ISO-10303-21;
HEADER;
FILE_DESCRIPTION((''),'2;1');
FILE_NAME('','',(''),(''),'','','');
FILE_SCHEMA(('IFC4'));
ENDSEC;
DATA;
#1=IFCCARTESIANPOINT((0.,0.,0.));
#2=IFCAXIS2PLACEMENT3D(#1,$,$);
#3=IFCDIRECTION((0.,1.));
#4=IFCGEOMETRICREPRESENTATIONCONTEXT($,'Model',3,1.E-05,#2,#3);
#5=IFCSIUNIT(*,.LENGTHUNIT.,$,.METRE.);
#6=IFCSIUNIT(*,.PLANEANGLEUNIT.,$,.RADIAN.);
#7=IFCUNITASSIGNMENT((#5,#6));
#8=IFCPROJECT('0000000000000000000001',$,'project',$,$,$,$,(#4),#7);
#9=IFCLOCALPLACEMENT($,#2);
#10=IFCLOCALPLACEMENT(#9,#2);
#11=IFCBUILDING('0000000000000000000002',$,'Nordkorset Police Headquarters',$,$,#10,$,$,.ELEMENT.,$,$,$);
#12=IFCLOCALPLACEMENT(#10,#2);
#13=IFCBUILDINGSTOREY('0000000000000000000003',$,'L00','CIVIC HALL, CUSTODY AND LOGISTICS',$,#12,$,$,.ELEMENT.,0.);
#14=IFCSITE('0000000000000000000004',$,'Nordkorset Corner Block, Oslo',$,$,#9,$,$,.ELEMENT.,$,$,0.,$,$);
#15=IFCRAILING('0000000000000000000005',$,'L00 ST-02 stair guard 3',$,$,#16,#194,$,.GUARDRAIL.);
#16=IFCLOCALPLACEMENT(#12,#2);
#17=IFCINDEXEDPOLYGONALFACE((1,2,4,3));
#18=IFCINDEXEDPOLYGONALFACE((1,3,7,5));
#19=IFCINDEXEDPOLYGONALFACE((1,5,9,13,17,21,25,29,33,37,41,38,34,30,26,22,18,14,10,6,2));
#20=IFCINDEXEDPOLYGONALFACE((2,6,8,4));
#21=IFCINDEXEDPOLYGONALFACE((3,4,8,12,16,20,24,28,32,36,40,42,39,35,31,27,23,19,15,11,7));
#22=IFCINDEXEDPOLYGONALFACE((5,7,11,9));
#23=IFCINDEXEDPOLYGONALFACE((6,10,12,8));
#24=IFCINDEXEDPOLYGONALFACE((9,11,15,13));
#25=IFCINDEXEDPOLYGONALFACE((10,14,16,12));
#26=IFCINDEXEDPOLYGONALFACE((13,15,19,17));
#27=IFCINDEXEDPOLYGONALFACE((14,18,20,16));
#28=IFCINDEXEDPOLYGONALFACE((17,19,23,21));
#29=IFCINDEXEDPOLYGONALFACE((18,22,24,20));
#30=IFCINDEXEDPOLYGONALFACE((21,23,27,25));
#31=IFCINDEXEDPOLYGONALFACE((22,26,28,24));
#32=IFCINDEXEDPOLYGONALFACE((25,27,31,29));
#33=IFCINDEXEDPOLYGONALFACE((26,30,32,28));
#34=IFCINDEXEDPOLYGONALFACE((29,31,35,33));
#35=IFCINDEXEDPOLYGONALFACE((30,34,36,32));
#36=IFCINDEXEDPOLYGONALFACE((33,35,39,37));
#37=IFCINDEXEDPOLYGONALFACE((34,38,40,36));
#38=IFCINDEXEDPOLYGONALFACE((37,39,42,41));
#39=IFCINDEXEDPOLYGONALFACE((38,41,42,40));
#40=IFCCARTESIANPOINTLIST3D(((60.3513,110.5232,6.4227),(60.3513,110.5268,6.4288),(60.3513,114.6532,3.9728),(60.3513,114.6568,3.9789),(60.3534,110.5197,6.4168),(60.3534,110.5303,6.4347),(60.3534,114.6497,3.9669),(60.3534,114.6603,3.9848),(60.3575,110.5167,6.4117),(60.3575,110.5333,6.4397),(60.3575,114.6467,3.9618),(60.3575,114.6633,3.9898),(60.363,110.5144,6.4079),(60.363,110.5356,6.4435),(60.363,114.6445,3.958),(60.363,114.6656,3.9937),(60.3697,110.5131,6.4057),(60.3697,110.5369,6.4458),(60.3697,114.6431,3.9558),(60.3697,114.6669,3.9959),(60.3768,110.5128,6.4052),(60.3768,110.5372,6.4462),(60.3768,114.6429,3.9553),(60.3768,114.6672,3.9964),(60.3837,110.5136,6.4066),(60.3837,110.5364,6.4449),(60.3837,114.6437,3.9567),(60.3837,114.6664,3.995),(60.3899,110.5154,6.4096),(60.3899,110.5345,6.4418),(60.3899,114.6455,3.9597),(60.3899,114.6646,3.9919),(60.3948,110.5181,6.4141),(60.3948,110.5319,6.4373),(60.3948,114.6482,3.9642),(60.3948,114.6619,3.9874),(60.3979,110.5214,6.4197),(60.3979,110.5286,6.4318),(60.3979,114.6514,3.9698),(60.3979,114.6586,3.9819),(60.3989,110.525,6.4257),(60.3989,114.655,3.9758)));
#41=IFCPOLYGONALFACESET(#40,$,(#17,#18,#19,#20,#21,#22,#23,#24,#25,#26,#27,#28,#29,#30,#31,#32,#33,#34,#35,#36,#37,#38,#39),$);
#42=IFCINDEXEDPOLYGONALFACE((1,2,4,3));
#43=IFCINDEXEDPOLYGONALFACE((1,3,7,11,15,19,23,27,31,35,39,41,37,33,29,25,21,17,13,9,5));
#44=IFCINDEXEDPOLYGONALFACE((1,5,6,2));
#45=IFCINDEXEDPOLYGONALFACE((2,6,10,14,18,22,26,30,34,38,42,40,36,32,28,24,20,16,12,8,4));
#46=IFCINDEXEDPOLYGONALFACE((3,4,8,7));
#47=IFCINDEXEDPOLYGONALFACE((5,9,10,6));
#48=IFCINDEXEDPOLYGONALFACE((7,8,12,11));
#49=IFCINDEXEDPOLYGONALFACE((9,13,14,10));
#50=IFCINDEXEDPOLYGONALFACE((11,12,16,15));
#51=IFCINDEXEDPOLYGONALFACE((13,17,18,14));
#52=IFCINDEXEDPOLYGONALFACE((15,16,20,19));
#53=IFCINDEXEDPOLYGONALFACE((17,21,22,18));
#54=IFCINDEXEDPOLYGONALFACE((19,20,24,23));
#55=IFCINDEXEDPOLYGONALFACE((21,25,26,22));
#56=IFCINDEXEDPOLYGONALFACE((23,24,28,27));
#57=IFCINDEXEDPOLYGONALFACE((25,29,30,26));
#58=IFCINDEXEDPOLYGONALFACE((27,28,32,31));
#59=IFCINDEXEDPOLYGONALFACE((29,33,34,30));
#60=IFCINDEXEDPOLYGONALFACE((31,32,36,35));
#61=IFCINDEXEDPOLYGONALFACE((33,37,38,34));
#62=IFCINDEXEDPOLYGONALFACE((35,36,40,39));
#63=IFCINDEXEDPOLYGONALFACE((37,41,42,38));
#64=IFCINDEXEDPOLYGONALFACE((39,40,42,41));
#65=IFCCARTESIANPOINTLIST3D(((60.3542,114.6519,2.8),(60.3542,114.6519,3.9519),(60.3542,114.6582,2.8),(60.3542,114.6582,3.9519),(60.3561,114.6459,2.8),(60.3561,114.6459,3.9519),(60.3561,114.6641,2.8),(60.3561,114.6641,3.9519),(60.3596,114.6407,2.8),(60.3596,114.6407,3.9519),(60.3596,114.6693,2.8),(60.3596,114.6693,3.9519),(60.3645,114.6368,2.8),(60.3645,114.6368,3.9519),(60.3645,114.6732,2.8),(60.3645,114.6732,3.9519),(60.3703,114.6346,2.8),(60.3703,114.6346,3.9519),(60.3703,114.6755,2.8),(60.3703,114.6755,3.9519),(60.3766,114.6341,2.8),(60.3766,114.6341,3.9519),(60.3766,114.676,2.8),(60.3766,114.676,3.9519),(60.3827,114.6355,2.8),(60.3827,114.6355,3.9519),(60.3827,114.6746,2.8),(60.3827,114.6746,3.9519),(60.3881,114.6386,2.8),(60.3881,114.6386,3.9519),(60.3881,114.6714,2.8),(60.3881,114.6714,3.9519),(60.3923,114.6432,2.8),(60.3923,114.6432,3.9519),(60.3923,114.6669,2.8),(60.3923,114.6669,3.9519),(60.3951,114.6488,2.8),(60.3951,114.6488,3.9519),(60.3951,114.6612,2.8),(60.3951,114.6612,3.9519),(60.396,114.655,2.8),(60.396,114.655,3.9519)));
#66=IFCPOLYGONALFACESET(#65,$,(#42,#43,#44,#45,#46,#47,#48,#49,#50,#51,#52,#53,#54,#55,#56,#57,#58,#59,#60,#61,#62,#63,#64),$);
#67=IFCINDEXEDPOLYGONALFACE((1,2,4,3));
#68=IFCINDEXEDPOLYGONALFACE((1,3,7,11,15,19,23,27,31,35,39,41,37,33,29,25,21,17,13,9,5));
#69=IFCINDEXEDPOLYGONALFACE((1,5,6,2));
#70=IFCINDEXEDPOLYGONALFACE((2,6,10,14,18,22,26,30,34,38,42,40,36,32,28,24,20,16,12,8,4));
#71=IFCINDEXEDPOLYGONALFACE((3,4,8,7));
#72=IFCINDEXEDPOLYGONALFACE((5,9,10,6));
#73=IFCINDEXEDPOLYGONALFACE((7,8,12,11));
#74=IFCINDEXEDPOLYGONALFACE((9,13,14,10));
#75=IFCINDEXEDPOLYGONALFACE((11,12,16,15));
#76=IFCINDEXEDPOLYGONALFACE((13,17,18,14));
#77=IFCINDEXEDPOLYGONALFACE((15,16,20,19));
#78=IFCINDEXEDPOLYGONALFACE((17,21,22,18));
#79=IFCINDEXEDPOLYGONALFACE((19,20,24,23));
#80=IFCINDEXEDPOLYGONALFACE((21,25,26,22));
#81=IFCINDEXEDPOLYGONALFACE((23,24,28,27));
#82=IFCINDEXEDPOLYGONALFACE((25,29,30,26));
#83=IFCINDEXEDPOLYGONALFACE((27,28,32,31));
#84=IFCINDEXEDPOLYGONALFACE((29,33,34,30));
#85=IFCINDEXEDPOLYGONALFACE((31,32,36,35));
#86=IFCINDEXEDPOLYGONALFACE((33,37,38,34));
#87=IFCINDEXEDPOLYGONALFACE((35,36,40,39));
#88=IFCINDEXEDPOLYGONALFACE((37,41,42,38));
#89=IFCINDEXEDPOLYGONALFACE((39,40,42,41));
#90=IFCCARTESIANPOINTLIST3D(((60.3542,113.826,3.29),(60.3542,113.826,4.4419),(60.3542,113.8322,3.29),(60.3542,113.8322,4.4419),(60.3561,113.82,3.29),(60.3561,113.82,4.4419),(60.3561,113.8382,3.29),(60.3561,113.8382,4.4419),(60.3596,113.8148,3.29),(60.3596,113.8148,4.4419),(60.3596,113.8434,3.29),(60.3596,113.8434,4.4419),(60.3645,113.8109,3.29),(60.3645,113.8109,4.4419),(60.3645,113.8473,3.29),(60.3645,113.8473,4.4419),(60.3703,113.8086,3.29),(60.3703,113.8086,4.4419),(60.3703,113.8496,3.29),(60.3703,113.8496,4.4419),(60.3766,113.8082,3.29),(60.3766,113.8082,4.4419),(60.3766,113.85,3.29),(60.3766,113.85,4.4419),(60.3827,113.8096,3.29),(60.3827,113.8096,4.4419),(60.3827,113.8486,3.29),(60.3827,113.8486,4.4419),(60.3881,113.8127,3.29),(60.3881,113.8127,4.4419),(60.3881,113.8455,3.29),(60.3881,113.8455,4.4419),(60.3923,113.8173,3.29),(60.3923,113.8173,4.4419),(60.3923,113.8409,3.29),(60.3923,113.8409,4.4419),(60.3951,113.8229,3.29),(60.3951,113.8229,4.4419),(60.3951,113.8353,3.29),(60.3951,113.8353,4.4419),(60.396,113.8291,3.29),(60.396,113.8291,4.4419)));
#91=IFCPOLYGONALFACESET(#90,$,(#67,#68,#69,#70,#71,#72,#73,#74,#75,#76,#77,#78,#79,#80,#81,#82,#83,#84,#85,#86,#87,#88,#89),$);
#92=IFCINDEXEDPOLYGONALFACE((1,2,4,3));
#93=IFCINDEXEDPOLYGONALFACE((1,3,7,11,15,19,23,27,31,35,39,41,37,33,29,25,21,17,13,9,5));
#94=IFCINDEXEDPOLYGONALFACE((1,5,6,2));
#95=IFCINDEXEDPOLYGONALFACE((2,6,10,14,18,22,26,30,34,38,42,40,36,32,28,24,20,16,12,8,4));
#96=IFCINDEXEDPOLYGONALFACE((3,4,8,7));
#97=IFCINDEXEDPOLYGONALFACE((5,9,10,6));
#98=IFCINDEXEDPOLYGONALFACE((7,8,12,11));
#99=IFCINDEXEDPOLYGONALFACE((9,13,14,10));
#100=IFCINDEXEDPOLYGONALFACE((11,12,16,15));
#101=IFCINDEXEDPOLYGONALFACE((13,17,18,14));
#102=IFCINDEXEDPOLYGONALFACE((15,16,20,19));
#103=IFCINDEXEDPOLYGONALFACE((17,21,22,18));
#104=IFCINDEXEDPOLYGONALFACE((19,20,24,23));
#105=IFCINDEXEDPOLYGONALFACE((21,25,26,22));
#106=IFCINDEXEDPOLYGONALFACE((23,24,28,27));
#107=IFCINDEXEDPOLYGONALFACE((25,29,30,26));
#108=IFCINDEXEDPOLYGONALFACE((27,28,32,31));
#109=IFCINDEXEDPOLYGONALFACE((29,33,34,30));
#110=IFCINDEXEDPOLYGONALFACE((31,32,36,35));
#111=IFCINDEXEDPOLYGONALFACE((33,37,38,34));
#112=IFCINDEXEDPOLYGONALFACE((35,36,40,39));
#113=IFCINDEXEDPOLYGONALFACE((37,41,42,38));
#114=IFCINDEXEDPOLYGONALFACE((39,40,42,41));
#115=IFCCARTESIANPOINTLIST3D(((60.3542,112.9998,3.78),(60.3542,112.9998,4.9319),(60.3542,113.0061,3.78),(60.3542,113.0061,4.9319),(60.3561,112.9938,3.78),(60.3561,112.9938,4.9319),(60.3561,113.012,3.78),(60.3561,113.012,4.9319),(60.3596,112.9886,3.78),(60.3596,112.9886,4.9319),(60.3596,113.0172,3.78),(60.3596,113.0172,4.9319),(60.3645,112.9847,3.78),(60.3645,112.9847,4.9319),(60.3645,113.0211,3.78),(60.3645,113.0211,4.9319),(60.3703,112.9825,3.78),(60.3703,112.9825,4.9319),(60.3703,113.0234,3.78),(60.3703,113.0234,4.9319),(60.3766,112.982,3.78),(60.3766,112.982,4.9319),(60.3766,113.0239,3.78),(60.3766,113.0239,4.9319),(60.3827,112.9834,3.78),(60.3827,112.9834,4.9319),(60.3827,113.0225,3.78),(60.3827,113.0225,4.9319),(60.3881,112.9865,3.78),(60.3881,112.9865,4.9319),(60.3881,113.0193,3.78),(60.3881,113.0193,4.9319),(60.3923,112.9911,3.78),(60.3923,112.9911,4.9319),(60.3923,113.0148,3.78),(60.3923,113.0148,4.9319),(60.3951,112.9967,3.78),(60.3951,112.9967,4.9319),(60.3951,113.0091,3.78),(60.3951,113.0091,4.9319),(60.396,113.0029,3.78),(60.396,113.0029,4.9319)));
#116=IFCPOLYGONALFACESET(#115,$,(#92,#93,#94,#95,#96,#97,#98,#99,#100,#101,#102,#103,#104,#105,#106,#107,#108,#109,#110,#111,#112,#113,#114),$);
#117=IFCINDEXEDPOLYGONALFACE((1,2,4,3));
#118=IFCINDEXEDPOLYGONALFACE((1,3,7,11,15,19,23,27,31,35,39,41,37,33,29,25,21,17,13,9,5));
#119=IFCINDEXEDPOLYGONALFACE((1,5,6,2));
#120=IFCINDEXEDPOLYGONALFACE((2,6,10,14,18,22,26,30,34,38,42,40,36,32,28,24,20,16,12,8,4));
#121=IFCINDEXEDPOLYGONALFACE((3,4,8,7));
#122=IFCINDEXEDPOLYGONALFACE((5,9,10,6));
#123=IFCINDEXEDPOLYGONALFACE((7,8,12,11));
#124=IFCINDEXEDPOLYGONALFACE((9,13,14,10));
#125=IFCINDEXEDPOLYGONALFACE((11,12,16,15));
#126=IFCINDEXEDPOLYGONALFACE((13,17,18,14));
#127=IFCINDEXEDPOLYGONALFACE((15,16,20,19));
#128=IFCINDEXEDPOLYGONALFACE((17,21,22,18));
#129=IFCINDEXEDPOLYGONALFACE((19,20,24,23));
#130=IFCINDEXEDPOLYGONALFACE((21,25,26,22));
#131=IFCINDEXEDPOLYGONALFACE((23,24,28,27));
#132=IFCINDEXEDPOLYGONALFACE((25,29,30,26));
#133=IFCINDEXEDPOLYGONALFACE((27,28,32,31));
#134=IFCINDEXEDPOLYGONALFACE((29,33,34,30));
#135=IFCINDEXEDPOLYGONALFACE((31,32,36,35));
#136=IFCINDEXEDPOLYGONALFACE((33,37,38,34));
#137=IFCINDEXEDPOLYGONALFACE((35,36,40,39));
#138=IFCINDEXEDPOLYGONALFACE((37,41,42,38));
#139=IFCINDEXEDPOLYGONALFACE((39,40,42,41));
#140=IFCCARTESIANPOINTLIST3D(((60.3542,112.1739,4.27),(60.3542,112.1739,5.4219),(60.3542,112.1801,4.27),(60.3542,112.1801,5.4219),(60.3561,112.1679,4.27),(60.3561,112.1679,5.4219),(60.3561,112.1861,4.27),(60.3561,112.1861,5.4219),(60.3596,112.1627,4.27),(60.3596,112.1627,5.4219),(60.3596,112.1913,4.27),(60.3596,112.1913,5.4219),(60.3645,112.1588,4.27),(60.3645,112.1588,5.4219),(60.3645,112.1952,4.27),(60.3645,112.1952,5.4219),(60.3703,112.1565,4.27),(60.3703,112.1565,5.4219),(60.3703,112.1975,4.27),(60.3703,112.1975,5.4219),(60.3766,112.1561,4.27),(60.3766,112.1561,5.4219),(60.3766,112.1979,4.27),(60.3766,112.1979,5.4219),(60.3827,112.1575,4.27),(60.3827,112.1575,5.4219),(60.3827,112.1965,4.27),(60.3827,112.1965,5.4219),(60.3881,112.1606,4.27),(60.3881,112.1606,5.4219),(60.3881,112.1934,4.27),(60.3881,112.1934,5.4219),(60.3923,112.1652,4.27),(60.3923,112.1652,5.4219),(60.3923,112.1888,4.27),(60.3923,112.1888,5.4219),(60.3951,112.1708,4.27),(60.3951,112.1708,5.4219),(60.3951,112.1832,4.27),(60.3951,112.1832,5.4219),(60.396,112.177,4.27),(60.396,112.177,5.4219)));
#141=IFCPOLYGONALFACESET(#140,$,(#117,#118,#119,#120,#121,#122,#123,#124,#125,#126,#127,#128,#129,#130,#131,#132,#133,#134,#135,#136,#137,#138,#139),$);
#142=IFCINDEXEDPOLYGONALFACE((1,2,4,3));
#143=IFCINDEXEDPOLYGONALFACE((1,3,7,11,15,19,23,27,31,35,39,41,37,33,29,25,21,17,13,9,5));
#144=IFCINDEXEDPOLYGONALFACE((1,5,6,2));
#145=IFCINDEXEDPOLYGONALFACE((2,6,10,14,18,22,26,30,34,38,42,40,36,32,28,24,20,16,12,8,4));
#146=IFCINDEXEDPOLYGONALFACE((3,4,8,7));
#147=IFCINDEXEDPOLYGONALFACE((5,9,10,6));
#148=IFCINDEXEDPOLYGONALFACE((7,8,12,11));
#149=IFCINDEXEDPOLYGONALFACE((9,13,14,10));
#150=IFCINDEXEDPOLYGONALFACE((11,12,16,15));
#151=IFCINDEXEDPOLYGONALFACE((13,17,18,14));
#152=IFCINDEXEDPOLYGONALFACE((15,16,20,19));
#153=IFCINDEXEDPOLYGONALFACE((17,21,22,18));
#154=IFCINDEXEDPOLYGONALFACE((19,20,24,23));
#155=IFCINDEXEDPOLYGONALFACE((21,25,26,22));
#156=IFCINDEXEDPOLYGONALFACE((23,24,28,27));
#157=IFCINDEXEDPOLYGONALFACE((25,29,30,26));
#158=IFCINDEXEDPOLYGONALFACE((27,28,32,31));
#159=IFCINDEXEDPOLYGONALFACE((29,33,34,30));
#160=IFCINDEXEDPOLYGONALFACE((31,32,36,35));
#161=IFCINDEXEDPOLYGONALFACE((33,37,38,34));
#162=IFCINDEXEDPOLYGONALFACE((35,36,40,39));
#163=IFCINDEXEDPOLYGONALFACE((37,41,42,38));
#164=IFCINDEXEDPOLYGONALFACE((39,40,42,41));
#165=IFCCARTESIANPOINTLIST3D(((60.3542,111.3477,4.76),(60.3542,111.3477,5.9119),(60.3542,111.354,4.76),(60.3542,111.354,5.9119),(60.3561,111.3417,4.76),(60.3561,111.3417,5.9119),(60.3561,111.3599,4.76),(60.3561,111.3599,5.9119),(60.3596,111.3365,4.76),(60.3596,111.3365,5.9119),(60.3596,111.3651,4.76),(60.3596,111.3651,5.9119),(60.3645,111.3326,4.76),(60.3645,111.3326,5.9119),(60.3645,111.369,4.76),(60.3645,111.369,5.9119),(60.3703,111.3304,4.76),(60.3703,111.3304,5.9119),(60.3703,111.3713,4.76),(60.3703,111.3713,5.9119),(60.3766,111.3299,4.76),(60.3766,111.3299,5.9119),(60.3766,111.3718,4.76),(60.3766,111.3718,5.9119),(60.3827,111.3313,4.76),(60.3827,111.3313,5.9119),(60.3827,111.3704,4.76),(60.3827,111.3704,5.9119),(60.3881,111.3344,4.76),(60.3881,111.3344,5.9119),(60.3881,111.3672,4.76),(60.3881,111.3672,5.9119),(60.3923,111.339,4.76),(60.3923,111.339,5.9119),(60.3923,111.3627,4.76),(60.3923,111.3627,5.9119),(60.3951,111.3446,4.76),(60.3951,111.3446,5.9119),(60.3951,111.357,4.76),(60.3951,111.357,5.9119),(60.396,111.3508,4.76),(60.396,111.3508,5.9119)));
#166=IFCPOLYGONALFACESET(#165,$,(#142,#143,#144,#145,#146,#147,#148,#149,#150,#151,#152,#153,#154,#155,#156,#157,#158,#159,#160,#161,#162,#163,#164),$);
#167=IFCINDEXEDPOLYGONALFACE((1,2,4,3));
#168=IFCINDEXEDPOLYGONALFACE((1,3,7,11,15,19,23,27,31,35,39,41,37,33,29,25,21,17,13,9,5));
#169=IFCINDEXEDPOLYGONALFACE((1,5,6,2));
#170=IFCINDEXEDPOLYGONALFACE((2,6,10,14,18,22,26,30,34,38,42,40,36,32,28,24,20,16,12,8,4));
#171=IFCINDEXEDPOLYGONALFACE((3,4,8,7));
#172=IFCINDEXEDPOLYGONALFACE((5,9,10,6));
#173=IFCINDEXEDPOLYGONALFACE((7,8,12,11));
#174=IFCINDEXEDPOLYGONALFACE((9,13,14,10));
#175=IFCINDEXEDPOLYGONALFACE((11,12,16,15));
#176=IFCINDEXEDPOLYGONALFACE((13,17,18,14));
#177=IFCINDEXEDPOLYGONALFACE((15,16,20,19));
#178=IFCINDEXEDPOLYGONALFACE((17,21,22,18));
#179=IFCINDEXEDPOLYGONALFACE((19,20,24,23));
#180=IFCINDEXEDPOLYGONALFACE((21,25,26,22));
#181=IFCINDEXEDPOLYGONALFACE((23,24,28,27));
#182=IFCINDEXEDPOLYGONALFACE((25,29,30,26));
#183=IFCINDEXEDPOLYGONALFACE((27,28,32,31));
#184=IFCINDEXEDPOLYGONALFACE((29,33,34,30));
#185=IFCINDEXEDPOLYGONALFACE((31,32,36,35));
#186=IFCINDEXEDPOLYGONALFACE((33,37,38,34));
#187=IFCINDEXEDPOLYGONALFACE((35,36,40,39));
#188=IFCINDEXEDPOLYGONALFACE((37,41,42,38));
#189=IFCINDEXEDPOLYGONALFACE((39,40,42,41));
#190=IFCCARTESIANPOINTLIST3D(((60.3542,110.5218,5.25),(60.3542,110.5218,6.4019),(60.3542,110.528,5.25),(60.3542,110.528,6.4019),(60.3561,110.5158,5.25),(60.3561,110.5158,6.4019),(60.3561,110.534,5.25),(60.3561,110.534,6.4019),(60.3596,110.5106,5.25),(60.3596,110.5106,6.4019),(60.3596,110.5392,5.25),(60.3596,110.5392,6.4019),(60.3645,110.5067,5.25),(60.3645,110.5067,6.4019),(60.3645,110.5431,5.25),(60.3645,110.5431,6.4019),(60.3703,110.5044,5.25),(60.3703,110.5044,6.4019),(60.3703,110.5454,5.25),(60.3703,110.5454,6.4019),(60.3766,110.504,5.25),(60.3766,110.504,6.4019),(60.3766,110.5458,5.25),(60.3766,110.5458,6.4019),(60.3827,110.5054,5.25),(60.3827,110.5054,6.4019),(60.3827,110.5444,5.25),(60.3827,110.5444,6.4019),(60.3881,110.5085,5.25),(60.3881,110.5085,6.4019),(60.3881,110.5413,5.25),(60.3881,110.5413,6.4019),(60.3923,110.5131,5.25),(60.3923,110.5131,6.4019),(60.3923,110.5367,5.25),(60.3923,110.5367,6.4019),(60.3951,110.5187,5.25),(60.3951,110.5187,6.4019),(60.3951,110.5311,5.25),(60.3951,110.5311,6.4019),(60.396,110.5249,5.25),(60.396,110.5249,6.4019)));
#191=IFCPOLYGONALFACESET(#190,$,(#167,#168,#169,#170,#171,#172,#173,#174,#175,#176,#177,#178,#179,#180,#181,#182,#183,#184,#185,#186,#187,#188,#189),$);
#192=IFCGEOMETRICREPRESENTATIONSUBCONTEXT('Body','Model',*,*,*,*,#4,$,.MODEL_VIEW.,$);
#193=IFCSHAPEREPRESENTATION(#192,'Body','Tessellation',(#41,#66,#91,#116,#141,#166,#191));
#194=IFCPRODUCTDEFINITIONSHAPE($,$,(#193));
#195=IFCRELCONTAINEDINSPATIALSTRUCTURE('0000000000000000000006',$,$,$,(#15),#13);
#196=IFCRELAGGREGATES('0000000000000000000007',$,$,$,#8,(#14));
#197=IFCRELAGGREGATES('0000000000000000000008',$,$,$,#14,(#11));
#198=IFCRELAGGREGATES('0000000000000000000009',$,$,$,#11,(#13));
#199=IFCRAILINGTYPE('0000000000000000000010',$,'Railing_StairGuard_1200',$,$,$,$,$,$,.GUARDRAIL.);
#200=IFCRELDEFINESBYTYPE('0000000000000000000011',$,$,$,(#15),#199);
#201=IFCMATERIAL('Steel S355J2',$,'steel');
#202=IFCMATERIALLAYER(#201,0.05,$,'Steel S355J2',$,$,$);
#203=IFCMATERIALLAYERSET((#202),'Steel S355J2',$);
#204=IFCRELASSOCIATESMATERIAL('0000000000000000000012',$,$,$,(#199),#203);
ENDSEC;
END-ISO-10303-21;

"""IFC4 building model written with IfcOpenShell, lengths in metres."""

from ifc_helpers import new_model, si_unit, direction, frame, origin, origin_2d, place, context, subcontext, project, spatial, circle, extrude, material, layer, layer_set, type_object, element, save


model = new_model("IFC4")

# Units and contexts
model_context = context("Model", 3, precision=1e-05, world=origin(), true_north=direction((0.0, 1.0)))
body_context = subcontext(model_context, "Body", "Model", "MODEL_VIEW")
ifc_project = project(units=[si_unit("LENGTHUNIT", "METRE"), si_unit("PLANEANGLEUNIT", "RADIAN")], contexts=[model_context])

# Site, building, storey
site_placement = place(None, origin())
site = spatial("IfcSite", under=ifc_project, at=site_placement, Name="Nordkorset Corner Block, Oslo", CompositionType="ELEMENT", RefElevation=0.0)
building_placement = place(site_placement, origin())
building = spatial("IfcBuilding", under=site, at=building_placement, Name="Nordkorset Police Headquarters", CompositionType="ELEMENT")
storey_placement = place(building_placement, origin())
storey = spatial("IfcBuildingStorey", under=building, at=storey_placement, Name="L00", Description="CIVIC HALL, CUSTODY AND LOGISTICS", CompositionType="ELEMENT", Elevation=0.0)

# Railing
ifc_material_1 = material(Name="Steel S355J2", Category="steel")
ifc_layer_1 = layer(ifc_material_1, 0.05, Name="Steel S355J2")
ifc_layer_set_1 = layer_set([ifc_layer_1], Name="Steel S355J2")
railing_type_1 = type_object("IfcRailingType", Name="Railing_StairGuard_1200", PredefinedType="GUARDRAIL", material=ifc_layer_set_1)
railing_1_placement = place(storey_placement, frame((60.375, 114.655, 2.8)))
element("IfcRailing", 1, at=railing_1_placement, inside=storey, type_object=railing_type_1, Name="L00 ST-02 stair guard 3", PredefinedType="GUARDRAIL", context=body_context, shape_type="SweptSolid", body=[
    extrude(circle(Radius=0.0239, at=origin_2d()), frame((0.0, 0.0, 1.1758), z_axis=(0.0, -0.860066, 0.510183), x_axis=(1.0, 0.0, 0.0)), (0.0, 0.0, 1.0), 4.802),
    extrude(circle(Radius=0.021, at=origin_2d()), origin(), (0.0, 0.0, 1.0), 1.1519),
    extrude(circle(Radius=0.021, at=origin_2d()), frame((0.0, -0.8259, 0.49)), (0.0, 0.0, 1.0), 1.1519),
    extrude(circle(Radius=0.021, at=origin_2d()), frame((0.0, -1.6521, 0.98)), (0.0, 0.0, 1.0), 1.1519),
    extrude(circle(Radius=0.021, at=origin_2d()), frame((0.0, -2.478, 1.47)), (0.0, 0.0, 1.0), 1.1519),
    extrude(circle(Radius=0.021, at=origin_2d()), frame((0.0, -3.3042, 1.96)), (0.0, 0.0, 1.0), 1.1519),
    extrude(circle(Radius=0.021, at=origin_2d()), frame((0.0, -4.1301, 2.45)), (0.0, 0.0, 1.0), 1.1519),
])

save(model, "model.ifc")
